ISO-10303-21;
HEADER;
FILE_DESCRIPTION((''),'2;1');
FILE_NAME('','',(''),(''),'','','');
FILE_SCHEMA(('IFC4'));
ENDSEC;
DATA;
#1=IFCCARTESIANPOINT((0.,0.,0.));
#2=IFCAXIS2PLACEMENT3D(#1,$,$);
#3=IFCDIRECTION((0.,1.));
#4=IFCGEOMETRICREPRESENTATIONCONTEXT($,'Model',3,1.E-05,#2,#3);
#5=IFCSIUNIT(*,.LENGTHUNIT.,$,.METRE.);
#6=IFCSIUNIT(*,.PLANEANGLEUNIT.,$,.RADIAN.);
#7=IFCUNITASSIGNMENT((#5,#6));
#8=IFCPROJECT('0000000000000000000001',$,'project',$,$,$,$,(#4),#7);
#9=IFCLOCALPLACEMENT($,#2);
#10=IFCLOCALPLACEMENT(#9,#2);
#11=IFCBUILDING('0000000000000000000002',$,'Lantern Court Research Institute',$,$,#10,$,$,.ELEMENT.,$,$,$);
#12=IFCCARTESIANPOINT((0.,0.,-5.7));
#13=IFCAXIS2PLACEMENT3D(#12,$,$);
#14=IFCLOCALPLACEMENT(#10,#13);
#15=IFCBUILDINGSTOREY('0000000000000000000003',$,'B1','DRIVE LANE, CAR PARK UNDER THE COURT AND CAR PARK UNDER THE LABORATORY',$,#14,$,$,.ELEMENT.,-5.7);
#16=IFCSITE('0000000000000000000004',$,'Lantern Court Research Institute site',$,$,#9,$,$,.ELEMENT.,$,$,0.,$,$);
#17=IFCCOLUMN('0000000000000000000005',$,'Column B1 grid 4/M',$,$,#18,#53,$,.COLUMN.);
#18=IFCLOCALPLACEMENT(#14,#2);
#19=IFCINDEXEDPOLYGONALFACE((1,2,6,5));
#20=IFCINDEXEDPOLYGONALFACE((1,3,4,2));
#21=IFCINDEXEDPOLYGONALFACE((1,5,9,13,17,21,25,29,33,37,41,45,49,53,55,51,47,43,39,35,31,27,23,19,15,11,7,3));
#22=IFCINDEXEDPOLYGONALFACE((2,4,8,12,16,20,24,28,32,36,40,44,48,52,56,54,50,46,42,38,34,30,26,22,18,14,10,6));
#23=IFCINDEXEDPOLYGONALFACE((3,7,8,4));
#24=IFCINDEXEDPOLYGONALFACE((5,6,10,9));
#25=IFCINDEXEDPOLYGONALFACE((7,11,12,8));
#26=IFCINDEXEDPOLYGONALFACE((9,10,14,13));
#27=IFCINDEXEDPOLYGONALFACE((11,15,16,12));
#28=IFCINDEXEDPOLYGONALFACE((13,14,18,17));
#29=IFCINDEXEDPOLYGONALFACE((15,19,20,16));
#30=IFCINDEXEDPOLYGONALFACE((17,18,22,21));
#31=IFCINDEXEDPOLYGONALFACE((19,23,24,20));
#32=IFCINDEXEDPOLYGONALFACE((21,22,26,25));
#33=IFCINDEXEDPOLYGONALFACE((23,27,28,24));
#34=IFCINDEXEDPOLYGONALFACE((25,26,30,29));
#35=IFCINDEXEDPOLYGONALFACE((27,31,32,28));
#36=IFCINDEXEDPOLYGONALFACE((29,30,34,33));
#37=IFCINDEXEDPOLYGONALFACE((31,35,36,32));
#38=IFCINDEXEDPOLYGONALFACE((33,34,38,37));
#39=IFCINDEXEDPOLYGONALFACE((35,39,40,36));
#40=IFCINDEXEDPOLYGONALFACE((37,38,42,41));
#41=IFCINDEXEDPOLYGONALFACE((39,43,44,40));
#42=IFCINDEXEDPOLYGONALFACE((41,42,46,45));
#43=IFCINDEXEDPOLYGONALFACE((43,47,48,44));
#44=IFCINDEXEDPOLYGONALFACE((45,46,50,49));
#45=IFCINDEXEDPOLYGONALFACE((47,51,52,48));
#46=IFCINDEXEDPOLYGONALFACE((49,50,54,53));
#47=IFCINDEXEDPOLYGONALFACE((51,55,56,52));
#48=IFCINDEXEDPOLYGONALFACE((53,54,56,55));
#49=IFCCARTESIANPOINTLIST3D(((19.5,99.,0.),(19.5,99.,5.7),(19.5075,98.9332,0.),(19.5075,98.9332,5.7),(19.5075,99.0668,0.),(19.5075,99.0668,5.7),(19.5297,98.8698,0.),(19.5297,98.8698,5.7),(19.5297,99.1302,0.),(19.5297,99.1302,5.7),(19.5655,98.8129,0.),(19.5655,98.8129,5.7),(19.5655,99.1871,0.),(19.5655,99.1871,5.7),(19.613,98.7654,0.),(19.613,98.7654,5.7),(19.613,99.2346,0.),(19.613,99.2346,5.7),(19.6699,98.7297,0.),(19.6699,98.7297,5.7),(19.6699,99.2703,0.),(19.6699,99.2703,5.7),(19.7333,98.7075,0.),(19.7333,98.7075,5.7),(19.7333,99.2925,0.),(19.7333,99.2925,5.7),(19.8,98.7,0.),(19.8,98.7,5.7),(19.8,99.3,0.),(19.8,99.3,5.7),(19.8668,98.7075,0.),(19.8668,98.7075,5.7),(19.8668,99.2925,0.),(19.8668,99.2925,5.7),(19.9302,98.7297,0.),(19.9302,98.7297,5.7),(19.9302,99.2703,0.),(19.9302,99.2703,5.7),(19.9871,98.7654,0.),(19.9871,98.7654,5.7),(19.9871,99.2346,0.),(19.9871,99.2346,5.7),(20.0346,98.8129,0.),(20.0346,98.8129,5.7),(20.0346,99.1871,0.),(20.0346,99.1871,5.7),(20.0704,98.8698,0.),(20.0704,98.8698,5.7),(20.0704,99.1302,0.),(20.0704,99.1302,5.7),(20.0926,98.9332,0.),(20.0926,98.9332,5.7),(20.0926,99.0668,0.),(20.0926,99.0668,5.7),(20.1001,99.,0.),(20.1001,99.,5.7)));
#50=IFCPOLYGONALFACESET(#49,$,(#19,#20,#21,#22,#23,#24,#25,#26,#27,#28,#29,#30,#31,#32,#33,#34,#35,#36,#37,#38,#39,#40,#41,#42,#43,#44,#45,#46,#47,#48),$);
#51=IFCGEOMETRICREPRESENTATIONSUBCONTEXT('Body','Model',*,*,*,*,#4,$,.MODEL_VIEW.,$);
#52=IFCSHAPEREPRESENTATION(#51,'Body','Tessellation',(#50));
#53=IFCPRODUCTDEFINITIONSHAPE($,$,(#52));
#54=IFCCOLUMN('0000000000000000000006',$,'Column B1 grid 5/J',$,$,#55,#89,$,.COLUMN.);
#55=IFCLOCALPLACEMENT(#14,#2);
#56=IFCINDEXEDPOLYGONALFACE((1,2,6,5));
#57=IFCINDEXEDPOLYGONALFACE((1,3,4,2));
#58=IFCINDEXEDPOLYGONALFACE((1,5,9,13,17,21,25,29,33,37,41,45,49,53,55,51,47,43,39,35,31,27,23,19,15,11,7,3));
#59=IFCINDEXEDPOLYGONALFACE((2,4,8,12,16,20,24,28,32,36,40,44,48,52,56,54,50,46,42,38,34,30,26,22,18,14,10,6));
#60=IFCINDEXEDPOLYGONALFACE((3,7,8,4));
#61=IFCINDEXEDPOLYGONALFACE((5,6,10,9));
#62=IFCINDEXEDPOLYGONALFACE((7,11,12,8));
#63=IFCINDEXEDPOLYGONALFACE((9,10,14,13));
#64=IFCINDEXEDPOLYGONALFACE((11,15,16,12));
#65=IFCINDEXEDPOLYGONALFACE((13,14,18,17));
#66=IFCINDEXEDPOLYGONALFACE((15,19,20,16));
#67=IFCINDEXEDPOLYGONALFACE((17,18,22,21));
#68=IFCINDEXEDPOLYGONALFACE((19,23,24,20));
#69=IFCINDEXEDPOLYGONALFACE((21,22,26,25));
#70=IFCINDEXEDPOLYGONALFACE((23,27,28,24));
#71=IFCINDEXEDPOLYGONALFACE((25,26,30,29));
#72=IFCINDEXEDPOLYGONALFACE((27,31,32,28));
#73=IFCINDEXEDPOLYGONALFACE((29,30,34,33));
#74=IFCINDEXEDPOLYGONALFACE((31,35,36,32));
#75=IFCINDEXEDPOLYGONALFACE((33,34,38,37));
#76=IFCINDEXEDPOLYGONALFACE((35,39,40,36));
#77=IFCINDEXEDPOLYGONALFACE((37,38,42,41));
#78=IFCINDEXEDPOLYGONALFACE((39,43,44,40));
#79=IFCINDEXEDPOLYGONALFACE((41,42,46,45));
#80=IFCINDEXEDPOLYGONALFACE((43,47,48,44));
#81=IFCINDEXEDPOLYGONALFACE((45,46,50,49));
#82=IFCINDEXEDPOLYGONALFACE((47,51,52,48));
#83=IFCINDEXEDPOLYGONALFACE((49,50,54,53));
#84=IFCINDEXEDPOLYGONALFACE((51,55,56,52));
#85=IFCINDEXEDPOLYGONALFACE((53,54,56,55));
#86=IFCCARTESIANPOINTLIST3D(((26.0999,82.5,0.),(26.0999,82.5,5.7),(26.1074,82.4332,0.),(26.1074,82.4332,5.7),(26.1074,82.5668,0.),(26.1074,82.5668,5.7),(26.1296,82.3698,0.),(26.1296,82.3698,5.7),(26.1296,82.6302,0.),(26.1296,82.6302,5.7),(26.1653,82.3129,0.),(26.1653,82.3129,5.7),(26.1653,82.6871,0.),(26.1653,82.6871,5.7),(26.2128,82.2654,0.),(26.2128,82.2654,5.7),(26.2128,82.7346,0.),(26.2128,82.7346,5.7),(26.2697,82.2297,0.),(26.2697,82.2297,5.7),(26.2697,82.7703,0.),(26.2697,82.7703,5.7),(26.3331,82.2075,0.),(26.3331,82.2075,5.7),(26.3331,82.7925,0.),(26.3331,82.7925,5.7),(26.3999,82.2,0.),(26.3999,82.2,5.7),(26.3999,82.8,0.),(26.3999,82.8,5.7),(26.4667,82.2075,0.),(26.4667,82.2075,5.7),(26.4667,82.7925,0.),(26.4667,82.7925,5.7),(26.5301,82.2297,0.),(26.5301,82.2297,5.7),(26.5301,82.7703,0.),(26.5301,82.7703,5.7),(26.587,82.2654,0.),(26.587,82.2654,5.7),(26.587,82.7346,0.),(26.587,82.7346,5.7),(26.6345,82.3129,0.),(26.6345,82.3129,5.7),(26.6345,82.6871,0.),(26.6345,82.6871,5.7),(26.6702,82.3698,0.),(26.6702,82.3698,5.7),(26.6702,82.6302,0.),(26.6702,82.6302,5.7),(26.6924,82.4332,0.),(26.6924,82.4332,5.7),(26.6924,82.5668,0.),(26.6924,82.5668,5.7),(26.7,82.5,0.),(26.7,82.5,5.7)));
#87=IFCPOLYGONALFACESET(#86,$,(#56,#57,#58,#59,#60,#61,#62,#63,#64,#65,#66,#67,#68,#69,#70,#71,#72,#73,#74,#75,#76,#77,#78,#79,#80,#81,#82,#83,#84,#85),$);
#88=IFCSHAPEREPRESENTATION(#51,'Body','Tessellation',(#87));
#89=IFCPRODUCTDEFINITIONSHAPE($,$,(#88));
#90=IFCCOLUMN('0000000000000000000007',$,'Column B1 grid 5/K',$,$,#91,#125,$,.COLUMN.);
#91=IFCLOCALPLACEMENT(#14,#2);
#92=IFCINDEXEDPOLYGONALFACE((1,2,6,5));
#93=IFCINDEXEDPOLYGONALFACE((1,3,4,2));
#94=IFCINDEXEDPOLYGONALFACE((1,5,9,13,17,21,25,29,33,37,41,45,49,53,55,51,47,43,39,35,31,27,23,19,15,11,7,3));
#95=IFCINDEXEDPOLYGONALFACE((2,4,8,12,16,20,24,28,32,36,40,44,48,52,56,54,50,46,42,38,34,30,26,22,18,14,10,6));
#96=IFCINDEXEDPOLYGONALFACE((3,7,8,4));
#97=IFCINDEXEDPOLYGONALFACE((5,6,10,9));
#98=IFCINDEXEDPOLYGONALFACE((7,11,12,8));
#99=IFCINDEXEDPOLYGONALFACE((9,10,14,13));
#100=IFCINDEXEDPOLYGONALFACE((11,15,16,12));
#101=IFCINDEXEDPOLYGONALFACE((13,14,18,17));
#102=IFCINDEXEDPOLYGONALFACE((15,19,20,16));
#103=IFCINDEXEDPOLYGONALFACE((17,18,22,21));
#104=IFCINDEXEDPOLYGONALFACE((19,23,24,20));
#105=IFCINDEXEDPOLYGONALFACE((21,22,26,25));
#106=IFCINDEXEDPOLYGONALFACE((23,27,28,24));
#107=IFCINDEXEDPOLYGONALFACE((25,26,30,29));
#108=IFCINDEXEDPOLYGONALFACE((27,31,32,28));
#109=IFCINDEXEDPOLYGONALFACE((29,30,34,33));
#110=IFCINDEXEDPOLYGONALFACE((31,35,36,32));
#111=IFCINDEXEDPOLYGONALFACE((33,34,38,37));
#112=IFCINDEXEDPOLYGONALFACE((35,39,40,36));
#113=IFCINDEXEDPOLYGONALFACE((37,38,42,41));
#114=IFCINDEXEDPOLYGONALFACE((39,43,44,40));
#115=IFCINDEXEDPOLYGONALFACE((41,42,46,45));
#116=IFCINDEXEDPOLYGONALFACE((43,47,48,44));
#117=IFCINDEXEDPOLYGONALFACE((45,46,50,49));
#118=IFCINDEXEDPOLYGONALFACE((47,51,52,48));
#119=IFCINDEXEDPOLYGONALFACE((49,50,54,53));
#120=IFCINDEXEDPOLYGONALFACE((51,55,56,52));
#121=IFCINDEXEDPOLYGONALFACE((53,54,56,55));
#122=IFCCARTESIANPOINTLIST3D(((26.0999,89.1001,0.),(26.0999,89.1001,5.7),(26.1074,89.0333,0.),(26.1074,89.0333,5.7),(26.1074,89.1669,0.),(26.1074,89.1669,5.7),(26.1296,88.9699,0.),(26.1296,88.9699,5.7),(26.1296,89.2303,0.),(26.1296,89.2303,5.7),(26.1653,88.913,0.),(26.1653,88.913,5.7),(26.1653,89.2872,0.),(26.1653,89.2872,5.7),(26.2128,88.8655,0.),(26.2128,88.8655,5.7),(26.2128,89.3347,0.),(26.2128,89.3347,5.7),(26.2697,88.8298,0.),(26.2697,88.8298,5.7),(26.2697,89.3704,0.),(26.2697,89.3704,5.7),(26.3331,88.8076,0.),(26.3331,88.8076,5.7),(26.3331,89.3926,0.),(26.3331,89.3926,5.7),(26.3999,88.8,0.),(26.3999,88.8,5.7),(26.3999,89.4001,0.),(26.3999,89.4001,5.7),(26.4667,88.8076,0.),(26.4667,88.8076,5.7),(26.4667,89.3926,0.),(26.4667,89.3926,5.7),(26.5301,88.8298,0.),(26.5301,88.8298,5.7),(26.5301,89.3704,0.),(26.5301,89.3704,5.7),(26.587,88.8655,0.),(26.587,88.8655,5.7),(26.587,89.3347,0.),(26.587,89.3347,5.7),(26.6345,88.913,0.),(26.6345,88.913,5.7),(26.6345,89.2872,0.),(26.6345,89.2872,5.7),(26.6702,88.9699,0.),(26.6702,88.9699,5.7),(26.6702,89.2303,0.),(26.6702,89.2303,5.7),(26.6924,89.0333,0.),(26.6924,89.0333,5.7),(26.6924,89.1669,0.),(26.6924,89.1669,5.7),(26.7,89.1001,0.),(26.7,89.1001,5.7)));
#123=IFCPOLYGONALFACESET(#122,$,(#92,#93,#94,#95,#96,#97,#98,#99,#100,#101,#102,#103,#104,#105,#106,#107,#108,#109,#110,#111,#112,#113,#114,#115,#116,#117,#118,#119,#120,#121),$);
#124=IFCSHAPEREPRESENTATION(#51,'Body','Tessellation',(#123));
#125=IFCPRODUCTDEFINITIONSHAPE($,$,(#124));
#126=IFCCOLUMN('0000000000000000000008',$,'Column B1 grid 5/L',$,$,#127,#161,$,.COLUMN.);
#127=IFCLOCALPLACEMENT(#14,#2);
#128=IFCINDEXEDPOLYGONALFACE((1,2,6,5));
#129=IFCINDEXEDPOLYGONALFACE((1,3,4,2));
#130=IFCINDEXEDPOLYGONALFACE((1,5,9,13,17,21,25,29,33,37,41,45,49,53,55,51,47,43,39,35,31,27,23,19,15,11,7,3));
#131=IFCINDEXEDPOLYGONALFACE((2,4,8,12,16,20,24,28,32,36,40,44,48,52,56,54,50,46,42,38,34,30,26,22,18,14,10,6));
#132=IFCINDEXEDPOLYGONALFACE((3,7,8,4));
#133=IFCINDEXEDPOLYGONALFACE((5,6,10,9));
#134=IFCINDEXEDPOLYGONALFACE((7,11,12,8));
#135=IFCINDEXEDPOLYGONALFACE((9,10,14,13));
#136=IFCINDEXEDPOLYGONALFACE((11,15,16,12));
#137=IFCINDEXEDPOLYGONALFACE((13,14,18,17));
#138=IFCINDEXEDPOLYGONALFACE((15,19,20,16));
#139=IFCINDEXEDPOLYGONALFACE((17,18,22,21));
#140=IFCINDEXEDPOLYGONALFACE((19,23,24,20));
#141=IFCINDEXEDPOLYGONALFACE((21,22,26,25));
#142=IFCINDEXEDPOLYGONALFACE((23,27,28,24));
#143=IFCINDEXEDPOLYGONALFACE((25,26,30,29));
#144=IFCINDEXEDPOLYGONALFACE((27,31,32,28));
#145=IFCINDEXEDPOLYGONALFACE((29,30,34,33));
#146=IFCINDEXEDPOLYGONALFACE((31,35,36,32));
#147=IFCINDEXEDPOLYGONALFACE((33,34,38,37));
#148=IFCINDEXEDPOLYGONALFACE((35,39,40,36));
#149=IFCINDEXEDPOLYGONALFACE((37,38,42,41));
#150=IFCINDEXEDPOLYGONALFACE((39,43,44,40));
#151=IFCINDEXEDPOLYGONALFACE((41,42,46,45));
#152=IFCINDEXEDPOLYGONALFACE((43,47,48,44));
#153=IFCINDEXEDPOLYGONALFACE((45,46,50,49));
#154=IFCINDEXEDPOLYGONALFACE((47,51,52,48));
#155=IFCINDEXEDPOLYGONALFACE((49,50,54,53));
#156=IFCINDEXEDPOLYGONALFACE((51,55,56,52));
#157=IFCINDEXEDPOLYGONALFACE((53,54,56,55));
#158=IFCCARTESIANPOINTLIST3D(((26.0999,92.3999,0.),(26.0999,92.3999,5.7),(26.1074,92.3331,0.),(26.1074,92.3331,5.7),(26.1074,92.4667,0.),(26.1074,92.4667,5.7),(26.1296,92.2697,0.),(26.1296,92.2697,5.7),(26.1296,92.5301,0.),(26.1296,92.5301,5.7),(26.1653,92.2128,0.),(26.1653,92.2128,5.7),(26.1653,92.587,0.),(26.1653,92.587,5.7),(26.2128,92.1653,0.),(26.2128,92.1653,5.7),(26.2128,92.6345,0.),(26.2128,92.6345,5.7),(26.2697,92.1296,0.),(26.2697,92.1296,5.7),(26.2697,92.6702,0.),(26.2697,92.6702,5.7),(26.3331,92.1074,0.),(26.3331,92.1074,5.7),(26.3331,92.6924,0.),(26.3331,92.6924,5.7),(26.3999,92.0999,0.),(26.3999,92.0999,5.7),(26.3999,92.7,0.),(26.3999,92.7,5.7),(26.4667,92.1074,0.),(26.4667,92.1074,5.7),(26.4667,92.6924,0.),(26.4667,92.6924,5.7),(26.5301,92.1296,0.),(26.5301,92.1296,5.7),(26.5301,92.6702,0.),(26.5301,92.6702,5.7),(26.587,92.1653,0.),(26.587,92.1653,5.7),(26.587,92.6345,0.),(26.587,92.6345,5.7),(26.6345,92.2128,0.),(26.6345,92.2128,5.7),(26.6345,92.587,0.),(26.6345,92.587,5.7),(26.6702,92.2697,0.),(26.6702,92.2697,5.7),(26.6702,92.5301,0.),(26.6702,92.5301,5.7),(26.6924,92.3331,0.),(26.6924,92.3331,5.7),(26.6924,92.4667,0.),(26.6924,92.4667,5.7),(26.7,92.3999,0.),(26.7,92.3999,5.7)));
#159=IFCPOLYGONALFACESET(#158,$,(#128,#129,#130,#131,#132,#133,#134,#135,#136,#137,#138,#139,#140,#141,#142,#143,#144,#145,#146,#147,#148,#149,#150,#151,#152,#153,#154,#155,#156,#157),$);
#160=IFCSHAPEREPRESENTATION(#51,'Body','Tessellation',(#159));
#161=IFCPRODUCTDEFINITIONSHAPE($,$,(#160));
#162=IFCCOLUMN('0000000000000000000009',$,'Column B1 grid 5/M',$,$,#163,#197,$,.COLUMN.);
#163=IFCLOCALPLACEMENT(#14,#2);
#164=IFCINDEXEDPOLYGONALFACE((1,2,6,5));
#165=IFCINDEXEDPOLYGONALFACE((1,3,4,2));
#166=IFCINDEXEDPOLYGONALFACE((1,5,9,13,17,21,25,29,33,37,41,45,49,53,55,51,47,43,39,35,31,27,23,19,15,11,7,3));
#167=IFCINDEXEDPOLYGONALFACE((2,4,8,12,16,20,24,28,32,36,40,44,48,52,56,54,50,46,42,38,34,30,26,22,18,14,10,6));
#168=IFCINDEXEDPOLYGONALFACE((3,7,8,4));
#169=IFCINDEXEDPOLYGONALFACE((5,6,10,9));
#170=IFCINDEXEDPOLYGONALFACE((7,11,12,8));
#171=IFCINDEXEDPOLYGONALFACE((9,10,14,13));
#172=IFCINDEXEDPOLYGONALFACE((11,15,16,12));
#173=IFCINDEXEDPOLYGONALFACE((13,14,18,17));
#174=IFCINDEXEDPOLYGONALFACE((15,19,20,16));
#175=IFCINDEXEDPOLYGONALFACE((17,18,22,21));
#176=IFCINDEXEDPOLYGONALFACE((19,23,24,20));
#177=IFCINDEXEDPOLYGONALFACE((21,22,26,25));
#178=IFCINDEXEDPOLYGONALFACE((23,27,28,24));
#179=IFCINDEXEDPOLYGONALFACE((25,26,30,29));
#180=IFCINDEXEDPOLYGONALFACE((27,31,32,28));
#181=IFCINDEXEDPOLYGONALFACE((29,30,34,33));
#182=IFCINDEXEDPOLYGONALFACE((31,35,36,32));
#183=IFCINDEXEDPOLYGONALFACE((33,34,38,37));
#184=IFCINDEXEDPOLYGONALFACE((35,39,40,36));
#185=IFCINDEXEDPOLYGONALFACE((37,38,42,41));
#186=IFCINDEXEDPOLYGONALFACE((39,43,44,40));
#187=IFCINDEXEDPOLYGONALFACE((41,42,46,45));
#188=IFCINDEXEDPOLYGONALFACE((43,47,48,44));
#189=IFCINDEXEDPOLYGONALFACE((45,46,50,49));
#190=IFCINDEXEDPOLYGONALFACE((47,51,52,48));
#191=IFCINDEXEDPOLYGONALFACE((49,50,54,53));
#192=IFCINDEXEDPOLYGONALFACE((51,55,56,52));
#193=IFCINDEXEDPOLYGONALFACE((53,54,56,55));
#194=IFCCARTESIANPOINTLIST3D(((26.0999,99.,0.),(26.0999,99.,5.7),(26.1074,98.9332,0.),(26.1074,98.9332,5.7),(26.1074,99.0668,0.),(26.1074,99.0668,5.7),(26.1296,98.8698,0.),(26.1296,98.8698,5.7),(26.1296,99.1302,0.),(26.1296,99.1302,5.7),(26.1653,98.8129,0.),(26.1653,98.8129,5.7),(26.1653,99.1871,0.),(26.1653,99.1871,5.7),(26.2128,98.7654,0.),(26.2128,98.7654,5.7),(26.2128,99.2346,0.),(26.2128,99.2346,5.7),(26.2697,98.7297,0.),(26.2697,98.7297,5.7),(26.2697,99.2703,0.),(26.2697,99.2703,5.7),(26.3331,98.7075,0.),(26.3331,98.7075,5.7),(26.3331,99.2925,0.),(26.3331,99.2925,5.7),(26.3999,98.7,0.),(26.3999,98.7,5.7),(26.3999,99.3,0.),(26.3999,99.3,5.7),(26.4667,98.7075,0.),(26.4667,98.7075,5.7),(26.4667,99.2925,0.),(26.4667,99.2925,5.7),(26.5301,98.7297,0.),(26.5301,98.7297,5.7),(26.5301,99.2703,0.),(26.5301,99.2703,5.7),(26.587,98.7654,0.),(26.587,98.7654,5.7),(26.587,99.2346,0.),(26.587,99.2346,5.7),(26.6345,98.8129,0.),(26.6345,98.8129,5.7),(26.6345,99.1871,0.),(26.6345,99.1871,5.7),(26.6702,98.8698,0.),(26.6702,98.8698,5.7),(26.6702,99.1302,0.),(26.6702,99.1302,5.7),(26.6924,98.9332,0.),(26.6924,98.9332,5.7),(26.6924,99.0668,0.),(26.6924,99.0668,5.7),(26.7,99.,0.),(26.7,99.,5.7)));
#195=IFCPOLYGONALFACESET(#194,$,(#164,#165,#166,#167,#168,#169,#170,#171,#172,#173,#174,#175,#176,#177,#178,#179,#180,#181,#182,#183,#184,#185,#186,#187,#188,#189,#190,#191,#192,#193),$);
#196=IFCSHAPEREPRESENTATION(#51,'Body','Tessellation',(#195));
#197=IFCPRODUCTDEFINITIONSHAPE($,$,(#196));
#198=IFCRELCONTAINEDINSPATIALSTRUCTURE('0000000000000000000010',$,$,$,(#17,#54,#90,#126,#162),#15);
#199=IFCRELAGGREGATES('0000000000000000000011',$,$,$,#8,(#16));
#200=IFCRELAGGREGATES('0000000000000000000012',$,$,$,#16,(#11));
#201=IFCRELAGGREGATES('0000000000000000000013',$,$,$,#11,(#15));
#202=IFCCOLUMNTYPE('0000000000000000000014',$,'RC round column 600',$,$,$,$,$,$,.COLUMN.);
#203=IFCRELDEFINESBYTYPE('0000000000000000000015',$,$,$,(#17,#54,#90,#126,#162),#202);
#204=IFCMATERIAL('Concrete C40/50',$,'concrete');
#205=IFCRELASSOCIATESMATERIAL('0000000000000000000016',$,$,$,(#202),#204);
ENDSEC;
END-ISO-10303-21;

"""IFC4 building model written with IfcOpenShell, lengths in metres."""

from ifc_helpers import new_model, si_unit, direction, frame, origin, origin_2d, place, context, subcontext, project, spatial, circle, extrude, material, material_profile, profile_set, type_object, element, save


model = new_model("IFC4")

# Units and contexts
model_context = context("Model", 3, precision=1e-05, world=origin(), true_north=direction((0.0, 1.0)))
body_context = subcontext(model_context, "Body", "Model", "MODEL_VIEW")
ifc_project = project(units=[si_unit("LENGTHUNIT", "METRE"), si_unit("PLANEANGLEUNIT", "RADIAN")], contexts=[model_context])

# Site, building, storey
site_placement = place(None, origin())
site = spatial("IfcSite", under=ifc_project, at=site_placement, Name="Lantern Court Research Institute site", CompositionType="ELEMENT", RefElevation=0.0)
building_placement = place(site_placement, origin())
building = spatial("IfcBuilding", under=site, at=building_placement, Name="Lantern Court Research Institute", CompositionType="ELEMENT")
storey_placement = place(building_placement, frame((0.0, 0.0, -5.7)))
storey = spatial("IfcBuildingStorey", under=building, at=storey_placement, Name="B1", Description="DRIVE LANE, CAR PARK UNDER THE COURT AND CAR PARK UNDER THE LABORATORY", CompositionType="ELEMENT", Elevation=-5.7)

# Columns
ifc_material_1 = material(Name="Concrete C40/50", Category="concrete")
ifc_material_profile_1 = material_profile(ifc_material_1, circle(Radius=0.3, at=origin_2d()), Name="RC round column 600")
ifc_profile_set_1 = profile_set([ifc_material_profile_1], Name="Concrete C40/50")
column_type = type_object("IfcColumnType", Name="RC round column 600", PredefinedType="COLUMN", material=ifc_profile_set_1)
for number, where, z_axis, x_axis, name in (
    (1, (19.8, 99.0, 0.0), (0.0, 0.0, 1.0), (1.0, 0.0, 0.0), "Column B1 grid 4/M"),
    (2, (26.3999, 82.5, 0.0), (0.0, 0.0, 1.0), (1.0, 0.0, 0.0), "Column B1 grid 5/J"),
    (3, (26.3999, 89.1001, 0.0), (0.0, 0.0, 1.0), (1.0, 0.0, 0.0), "Column B1 grid 5/K"),
    (4, (26.3999, 92.3999, 0.0), (0.0, 0.0, 1.0), (1.0, 0.0, 0.0), "Column B1 grid 5/L"),
    (5, (26.3999, 99.0, 0.0), (0.0, 0.0, 1.0), (1.0, 0.0, 0.0), "Column B1 grid 5/M"),
):
    element("IfcColumn", number, at=place(storey_placement, frame(where, z_axis=z_axis, x_axis=x_axis)), inside=storey, type_object=column_type, Name=name, PredefinedType="COLUMN", context=body_context, shape_type="SweptSolid", body=[
        extrude(circle(Radius=0.3, at=origin_2d()), origin(), (0.0, 0.0, 1.0), 5.7),
    ])

save(model, "model.ifc")
